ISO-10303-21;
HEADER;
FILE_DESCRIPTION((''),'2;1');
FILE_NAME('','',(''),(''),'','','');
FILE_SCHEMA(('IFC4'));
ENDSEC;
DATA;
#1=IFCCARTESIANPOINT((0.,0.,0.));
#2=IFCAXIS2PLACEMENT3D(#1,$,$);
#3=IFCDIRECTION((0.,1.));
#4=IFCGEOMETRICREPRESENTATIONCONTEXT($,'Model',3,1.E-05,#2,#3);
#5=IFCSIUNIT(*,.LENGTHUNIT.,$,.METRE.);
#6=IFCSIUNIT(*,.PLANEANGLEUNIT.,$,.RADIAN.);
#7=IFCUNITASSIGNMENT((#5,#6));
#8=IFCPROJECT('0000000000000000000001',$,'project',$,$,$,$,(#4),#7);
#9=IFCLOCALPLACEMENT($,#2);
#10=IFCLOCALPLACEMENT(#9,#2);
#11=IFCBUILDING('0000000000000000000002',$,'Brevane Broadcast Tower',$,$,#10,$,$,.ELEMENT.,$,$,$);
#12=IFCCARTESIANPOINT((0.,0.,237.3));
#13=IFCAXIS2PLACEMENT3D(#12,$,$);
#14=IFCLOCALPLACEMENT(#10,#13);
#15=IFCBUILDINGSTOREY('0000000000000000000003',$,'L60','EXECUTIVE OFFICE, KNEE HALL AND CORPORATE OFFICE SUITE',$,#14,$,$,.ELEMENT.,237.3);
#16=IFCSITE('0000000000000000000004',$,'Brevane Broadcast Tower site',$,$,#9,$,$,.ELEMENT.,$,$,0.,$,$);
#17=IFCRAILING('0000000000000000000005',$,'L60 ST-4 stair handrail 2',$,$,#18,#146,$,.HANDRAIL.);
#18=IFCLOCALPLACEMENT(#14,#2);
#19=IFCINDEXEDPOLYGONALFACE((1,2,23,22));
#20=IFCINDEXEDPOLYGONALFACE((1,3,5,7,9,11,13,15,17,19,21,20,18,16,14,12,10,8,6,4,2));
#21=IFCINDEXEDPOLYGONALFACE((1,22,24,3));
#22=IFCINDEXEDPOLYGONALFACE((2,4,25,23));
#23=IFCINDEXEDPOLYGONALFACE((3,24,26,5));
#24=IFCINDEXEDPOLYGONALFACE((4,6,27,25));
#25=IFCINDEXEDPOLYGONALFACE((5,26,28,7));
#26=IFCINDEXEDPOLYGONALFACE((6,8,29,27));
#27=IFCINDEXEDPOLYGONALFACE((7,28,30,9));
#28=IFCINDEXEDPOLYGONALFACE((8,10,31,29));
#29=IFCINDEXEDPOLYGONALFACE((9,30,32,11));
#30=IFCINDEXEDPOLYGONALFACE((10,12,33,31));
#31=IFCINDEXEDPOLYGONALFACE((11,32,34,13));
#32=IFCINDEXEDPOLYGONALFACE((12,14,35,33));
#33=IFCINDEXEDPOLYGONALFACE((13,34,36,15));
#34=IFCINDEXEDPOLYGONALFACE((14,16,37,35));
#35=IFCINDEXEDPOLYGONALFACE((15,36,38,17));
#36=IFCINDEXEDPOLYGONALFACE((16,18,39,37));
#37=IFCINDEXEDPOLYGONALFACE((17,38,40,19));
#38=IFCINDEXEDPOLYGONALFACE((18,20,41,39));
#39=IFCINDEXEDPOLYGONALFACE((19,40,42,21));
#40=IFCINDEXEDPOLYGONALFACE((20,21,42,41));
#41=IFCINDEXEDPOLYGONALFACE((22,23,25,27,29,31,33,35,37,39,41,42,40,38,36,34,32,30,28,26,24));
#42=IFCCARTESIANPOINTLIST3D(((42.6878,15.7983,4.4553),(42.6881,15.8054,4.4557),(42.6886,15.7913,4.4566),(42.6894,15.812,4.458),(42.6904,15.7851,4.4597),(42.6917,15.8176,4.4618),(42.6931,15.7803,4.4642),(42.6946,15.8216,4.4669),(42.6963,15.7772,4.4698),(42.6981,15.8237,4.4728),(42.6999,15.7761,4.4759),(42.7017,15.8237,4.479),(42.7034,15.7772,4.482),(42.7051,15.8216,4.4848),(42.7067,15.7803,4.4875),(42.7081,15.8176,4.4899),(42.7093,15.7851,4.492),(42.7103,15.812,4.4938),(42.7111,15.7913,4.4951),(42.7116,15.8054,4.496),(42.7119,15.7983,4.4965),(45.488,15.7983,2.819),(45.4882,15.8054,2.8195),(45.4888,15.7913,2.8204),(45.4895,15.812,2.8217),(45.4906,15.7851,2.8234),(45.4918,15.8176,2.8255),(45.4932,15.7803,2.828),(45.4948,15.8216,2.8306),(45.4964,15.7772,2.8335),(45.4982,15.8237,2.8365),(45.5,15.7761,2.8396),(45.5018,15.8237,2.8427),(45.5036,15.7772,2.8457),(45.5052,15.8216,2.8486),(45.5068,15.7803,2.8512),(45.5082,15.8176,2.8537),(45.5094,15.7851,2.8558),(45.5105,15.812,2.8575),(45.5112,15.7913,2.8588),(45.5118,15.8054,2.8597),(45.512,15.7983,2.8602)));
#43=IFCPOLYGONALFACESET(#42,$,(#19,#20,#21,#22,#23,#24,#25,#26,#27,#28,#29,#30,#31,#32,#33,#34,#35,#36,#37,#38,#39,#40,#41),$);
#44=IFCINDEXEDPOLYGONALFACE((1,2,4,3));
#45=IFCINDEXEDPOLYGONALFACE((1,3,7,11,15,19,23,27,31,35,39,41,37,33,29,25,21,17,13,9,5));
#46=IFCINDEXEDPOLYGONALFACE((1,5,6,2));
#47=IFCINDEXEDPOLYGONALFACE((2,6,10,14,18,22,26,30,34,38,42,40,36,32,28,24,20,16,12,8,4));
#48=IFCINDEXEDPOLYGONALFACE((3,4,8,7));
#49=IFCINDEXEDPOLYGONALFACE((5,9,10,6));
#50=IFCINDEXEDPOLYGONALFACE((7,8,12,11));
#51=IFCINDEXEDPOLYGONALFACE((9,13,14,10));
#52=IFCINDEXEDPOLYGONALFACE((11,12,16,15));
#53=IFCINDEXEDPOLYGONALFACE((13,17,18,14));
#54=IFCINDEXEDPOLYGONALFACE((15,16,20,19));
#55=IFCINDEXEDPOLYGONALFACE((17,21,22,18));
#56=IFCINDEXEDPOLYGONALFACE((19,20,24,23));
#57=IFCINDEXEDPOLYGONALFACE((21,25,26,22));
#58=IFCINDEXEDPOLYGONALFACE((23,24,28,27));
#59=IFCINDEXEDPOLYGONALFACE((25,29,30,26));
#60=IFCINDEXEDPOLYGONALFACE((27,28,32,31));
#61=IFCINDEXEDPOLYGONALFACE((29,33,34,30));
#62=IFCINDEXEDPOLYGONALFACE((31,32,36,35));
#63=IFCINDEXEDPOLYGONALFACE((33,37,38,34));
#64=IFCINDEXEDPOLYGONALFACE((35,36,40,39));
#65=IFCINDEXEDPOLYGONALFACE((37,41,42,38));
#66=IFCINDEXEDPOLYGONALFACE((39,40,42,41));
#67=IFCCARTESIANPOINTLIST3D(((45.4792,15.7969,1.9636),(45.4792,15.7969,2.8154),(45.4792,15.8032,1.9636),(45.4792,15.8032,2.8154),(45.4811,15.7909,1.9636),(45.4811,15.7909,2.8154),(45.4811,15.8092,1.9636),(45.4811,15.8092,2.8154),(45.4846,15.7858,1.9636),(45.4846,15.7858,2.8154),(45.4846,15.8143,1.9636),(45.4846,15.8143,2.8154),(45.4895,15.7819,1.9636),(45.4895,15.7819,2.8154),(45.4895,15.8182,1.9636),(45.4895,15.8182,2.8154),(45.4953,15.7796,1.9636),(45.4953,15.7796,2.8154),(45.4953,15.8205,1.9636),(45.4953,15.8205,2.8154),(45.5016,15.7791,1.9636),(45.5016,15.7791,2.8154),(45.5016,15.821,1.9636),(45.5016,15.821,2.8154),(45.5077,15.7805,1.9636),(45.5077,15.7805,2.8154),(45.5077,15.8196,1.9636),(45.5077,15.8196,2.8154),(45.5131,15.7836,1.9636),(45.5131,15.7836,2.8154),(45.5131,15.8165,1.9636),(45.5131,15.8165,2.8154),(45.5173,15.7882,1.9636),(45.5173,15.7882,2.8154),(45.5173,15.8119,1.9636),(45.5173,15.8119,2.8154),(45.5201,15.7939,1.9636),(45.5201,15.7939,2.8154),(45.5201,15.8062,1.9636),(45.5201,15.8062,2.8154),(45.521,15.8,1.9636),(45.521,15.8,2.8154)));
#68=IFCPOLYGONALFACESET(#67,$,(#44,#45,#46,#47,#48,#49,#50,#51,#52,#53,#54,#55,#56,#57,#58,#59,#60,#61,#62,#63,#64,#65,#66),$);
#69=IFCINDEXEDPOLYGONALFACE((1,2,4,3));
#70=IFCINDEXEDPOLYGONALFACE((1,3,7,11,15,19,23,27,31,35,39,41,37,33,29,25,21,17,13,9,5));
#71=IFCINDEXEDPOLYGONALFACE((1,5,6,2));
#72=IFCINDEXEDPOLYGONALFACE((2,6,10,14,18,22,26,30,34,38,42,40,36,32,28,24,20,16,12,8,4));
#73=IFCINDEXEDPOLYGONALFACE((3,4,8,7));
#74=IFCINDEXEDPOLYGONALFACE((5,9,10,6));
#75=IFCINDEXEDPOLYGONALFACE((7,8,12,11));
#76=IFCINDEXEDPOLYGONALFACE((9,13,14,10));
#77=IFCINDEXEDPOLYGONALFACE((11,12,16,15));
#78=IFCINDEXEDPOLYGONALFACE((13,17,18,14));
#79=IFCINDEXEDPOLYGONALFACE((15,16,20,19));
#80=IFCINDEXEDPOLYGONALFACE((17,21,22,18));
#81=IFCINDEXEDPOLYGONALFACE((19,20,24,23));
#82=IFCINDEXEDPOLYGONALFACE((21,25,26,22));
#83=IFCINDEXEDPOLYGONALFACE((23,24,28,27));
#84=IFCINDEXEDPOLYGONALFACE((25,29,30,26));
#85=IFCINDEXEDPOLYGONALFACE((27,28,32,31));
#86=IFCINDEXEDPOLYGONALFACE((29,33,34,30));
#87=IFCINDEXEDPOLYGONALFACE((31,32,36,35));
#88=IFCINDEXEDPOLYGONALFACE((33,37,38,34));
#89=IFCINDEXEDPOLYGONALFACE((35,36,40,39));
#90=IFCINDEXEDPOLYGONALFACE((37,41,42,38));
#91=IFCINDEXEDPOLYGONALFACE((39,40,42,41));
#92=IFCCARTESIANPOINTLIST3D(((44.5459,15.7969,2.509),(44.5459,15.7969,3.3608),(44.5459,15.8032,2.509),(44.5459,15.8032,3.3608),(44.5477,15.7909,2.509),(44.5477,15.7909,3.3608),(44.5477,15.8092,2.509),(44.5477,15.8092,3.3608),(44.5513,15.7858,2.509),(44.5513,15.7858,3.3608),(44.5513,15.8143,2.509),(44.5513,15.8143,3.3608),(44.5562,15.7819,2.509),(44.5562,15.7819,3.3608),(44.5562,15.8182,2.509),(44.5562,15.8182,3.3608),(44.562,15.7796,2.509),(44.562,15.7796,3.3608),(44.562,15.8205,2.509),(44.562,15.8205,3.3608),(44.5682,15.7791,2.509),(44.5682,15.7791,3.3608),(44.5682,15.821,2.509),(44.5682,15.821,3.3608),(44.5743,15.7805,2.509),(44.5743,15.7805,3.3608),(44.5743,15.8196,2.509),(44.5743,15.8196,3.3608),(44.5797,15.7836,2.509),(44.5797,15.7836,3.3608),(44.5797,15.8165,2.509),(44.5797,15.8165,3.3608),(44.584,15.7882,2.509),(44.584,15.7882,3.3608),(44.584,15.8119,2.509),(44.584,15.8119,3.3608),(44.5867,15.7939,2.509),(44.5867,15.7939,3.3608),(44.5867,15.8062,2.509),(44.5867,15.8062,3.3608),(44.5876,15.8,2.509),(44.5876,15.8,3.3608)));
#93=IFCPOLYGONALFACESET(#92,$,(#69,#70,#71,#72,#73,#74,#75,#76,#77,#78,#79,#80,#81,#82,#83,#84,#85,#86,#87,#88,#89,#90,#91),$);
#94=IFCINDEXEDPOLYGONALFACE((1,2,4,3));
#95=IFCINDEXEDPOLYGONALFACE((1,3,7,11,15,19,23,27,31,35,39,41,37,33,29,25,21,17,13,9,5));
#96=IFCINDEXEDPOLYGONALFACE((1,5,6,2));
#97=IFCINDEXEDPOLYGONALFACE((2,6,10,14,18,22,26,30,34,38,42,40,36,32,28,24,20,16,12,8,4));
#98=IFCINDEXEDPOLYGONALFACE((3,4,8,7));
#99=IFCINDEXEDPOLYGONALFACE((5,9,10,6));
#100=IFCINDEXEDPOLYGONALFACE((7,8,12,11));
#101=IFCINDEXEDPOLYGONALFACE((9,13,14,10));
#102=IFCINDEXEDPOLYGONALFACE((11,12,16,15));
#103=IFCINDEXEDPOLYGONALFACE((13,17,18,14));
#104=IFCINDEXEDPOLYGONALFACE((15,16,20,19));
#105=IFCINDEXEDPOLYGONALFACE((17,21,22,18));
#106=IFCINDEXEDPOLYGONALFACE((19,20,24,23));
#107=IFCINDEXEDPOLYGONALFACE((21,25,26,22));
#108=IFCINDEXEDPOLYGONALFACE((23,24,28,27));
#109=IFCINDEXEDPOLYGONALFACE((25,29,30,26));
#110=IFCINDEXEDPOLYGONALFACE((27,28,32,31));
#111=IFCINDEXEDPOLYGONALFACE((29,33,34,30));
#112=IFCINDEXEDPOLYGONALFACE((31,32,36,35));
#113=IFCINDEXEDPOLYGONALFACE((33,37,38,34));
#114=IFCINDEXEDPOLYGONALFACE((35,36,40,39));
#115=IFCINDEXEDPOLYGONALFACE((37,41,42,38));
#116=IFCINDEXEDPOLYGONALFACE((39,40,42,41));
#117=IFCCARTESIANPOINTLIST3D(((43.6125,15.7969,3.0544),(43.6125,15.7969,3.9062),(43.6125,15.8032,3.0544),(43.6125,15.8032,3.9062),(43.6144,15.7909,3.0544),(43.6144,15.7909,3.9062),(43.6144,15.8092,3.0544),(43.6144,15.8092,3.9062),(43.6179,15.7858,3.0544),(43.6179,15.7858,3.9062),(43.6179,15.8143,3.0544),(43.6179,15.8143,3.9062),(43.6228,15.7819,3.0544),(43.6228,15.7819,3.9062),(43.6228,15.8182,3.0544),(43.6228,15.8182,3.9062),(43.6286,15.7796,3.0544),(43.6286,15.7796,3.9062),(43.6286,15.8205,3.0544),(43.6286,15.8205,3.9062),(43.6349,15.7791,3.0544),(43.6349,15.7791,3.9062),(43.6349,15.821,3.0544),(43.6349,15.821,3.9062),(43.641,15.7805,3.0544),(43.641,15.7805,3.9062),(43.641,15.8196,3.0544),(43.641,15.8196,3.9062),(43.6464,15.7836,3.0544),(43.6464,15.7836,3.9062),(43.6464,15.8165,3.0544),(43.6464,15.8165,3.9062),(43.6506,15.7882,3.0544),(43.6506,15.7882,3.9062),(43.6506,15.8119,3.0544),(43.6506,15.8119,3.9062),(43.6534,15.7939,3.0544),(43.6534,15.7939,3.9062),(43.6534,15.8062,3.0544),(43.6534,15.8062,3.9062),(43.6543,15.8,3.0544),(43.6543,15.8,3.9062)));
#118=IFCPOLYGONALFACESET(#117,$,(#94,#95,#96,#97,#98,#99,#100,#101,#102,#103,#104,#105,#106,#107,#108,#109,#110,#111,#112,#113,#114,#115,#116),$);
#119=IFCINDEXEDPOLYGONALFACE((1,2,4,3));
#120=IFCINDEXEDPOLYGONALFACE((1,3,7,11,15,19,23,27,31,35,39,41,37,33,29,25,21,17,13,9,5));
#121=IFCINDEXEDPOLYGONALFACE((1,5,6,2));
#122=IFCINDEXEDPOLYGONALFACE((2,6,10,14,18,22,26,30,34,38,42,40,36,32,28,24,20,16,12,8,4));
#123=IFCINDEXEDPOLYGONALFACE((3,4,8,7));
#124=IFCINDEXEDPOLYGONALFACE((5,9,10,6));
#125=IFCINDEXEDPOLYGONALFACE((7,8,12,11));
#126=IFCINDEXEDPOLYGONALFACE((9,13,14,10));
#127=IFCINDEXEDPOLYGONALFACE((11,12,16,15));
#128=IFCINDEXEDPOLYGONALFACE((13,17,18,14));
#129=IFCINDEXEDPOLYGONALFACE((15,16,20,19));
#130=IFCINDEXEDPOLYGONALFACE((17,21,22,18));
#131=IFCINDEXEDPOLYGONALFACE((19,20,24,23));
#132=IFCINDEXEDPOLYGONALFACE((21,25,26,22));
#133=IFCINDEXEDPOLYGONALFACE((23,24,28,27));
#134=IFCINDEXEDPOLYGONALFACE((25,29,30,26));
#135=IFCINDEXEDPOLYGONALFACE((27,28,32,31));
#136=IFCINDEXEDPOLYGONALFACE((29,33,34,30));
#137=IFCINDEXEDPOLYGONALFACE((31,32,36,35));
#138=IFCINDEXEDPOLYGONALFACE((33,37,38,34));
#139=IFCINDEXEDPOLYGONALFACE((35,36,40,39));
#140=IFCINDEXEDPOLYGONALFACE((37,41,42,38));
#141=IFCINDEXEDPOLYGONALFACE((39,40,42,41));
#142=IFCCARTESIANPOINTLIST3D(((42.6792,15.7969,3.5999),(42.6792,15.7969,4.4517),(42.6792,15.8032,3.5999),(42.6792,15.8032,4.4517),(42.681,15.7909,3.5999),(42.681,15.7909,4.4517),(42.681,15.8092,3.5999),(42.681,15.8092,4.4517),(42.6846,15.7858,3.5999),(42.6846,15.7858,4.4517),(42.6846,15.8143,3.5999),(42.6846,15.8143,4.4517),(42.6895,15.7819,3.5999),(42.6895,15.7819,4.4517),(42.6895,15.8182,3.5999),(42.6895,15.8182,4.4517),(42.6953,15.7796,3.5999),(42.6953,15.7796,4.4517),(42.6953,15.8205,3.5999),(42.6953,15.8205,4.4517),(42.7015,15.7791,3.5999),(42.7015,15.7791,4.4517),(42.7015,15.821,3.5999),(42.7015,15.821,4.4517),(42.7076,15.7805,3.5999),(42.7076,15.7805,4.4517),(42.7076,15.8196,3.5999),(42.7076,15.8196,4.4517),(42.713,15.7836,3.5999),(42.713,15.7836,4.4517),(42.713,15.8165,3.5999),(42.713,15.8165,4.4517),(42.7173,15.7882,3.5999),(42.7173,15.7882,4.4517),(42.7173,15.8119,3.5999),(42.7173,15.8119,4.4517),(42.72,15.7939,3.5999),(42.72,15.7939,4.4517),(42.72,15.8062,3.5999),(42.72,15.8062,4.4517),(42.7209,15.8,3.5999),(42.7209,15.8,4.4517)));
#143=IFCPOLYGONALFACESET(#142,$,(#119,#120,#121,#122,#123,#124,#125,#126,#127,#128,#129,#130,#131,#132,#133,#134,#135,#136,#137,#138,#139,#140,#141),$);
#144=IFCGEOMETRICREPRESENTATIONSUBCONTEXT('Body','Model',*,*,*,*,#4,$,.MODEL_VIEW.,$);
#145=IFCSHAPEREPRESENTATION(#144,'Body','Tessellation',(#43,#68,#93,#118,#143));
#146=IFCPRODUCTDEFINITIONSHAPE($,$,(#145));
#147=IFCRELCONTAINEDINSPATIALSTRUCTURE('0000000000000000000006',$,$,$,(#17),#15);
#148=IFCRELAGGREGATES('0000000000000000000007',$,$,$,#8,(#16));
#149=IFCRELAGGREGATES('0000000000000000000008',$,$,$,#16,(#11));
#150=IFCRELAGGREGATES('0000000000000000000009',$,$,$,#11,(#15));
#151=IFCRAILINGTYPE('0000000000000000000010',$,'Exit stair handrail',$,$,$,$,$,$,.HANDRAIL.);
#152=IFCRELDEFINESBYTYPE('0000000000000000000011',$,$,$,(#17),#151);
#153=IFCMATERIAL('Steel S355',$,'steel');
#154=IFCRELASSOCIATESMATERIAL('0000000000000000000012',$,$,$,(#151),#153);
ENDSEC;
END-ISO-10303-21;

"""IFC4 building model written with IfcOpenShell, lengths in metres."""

from ifc_helpers import new_model, si_unit, direction, frame, origin, origin_2d, place, context, subcontext, project, spatial, circle, extrude, material, type_object, element, save


model = new_model("IFC4")

# Units and contexts
model_context = context("Model", 3, precision=1e-05, world=origin(), true_north=direction((0.0, 1.0)))
body_context = subcontext(model_context, "Body", "Model", "MODEL_VIEW")
ifc_project = project(units=[si_unit("LENGTHUNIT", "METRE"), si_unit("PLANEANGLEUNIT", "RADIAN")], contexts=[model_context])

# Site, building, storey
site_placement = place(None, origin())
site = spatial("IfcSite", under=ifc_project, at=site_placement, Name="Brevane Broadcast Tower site", CompositionType="ELEMENT", RefElevation=0.0)
building_placement = place(site_placement, origin())
building = spatial("IfcBuilding", under=site, at=building_placement, Name="Brevane Broadcast Tower", CompositionType="ELEMENT")
storey_placement = place(building_placement, frame((0.0, 0.0, 237.3)))
storey = spatial("IfcBuildingStorey", under=building, at=storey_placement, Name="L60", Description="EXECUTIVE OFFICE, KNEE HALL AND CORPORATE OFFICE SUITE", CompositionType="ELEMENT", Elevation=237.3)

# Railing
ifc_material_1 = material(Name="Steel S355", Category="steel")
railing_type_1 = type_object("IfcRailingType", Name="Exit stair handrail", PredefinedType="HANDRAIL", material=ifc_material_1)
railing_1_placement = place(storey_placement, frame((45.5, 15.8, 1.9636)))
element("IfcRailing", 1, at=railing_1_placement, inside=storey, type_object=railing_type_1, Name="L60 ST-4 stair handrail 2", PredefinedType="HANDRAIL", context=body_context, shape_type="SweptSolid", body=[
    extrude(circle(Radius=0.0239, at=origin_2d()), frame((0.0, 0.0, 0.876), z_axis=(-0.863394, 0.0, 0.504531), x_axis=(0.0, -1.0, 0.0)), (0.0, 0.0, 1.0), 3.2432),
    extrude(circle(Radius=0.021, at=origin_2d()), origin(), (0.0, 0.0, 1.0), 0.8518),
    extrude(circle(Radius=0.021, at=origin_2d()), frame((-0.9333, 0.0, 0.5454)), (0.0, 0.0, 1.0), 0.8518),
    extrude(circle(Radius=0.021, at=origin_2d()), frame((-1.8667, 0.0, 1.0908)), (0.0, 0.0, 1.0), 0.8518),
    extrude(circle(Radius=0.021, at=origin_2d()), frame((-2.8, 0.0, 1.6362)), (0.0, 0.0, 1.0), 0.8518),
])

save(model, "model.ifc")
